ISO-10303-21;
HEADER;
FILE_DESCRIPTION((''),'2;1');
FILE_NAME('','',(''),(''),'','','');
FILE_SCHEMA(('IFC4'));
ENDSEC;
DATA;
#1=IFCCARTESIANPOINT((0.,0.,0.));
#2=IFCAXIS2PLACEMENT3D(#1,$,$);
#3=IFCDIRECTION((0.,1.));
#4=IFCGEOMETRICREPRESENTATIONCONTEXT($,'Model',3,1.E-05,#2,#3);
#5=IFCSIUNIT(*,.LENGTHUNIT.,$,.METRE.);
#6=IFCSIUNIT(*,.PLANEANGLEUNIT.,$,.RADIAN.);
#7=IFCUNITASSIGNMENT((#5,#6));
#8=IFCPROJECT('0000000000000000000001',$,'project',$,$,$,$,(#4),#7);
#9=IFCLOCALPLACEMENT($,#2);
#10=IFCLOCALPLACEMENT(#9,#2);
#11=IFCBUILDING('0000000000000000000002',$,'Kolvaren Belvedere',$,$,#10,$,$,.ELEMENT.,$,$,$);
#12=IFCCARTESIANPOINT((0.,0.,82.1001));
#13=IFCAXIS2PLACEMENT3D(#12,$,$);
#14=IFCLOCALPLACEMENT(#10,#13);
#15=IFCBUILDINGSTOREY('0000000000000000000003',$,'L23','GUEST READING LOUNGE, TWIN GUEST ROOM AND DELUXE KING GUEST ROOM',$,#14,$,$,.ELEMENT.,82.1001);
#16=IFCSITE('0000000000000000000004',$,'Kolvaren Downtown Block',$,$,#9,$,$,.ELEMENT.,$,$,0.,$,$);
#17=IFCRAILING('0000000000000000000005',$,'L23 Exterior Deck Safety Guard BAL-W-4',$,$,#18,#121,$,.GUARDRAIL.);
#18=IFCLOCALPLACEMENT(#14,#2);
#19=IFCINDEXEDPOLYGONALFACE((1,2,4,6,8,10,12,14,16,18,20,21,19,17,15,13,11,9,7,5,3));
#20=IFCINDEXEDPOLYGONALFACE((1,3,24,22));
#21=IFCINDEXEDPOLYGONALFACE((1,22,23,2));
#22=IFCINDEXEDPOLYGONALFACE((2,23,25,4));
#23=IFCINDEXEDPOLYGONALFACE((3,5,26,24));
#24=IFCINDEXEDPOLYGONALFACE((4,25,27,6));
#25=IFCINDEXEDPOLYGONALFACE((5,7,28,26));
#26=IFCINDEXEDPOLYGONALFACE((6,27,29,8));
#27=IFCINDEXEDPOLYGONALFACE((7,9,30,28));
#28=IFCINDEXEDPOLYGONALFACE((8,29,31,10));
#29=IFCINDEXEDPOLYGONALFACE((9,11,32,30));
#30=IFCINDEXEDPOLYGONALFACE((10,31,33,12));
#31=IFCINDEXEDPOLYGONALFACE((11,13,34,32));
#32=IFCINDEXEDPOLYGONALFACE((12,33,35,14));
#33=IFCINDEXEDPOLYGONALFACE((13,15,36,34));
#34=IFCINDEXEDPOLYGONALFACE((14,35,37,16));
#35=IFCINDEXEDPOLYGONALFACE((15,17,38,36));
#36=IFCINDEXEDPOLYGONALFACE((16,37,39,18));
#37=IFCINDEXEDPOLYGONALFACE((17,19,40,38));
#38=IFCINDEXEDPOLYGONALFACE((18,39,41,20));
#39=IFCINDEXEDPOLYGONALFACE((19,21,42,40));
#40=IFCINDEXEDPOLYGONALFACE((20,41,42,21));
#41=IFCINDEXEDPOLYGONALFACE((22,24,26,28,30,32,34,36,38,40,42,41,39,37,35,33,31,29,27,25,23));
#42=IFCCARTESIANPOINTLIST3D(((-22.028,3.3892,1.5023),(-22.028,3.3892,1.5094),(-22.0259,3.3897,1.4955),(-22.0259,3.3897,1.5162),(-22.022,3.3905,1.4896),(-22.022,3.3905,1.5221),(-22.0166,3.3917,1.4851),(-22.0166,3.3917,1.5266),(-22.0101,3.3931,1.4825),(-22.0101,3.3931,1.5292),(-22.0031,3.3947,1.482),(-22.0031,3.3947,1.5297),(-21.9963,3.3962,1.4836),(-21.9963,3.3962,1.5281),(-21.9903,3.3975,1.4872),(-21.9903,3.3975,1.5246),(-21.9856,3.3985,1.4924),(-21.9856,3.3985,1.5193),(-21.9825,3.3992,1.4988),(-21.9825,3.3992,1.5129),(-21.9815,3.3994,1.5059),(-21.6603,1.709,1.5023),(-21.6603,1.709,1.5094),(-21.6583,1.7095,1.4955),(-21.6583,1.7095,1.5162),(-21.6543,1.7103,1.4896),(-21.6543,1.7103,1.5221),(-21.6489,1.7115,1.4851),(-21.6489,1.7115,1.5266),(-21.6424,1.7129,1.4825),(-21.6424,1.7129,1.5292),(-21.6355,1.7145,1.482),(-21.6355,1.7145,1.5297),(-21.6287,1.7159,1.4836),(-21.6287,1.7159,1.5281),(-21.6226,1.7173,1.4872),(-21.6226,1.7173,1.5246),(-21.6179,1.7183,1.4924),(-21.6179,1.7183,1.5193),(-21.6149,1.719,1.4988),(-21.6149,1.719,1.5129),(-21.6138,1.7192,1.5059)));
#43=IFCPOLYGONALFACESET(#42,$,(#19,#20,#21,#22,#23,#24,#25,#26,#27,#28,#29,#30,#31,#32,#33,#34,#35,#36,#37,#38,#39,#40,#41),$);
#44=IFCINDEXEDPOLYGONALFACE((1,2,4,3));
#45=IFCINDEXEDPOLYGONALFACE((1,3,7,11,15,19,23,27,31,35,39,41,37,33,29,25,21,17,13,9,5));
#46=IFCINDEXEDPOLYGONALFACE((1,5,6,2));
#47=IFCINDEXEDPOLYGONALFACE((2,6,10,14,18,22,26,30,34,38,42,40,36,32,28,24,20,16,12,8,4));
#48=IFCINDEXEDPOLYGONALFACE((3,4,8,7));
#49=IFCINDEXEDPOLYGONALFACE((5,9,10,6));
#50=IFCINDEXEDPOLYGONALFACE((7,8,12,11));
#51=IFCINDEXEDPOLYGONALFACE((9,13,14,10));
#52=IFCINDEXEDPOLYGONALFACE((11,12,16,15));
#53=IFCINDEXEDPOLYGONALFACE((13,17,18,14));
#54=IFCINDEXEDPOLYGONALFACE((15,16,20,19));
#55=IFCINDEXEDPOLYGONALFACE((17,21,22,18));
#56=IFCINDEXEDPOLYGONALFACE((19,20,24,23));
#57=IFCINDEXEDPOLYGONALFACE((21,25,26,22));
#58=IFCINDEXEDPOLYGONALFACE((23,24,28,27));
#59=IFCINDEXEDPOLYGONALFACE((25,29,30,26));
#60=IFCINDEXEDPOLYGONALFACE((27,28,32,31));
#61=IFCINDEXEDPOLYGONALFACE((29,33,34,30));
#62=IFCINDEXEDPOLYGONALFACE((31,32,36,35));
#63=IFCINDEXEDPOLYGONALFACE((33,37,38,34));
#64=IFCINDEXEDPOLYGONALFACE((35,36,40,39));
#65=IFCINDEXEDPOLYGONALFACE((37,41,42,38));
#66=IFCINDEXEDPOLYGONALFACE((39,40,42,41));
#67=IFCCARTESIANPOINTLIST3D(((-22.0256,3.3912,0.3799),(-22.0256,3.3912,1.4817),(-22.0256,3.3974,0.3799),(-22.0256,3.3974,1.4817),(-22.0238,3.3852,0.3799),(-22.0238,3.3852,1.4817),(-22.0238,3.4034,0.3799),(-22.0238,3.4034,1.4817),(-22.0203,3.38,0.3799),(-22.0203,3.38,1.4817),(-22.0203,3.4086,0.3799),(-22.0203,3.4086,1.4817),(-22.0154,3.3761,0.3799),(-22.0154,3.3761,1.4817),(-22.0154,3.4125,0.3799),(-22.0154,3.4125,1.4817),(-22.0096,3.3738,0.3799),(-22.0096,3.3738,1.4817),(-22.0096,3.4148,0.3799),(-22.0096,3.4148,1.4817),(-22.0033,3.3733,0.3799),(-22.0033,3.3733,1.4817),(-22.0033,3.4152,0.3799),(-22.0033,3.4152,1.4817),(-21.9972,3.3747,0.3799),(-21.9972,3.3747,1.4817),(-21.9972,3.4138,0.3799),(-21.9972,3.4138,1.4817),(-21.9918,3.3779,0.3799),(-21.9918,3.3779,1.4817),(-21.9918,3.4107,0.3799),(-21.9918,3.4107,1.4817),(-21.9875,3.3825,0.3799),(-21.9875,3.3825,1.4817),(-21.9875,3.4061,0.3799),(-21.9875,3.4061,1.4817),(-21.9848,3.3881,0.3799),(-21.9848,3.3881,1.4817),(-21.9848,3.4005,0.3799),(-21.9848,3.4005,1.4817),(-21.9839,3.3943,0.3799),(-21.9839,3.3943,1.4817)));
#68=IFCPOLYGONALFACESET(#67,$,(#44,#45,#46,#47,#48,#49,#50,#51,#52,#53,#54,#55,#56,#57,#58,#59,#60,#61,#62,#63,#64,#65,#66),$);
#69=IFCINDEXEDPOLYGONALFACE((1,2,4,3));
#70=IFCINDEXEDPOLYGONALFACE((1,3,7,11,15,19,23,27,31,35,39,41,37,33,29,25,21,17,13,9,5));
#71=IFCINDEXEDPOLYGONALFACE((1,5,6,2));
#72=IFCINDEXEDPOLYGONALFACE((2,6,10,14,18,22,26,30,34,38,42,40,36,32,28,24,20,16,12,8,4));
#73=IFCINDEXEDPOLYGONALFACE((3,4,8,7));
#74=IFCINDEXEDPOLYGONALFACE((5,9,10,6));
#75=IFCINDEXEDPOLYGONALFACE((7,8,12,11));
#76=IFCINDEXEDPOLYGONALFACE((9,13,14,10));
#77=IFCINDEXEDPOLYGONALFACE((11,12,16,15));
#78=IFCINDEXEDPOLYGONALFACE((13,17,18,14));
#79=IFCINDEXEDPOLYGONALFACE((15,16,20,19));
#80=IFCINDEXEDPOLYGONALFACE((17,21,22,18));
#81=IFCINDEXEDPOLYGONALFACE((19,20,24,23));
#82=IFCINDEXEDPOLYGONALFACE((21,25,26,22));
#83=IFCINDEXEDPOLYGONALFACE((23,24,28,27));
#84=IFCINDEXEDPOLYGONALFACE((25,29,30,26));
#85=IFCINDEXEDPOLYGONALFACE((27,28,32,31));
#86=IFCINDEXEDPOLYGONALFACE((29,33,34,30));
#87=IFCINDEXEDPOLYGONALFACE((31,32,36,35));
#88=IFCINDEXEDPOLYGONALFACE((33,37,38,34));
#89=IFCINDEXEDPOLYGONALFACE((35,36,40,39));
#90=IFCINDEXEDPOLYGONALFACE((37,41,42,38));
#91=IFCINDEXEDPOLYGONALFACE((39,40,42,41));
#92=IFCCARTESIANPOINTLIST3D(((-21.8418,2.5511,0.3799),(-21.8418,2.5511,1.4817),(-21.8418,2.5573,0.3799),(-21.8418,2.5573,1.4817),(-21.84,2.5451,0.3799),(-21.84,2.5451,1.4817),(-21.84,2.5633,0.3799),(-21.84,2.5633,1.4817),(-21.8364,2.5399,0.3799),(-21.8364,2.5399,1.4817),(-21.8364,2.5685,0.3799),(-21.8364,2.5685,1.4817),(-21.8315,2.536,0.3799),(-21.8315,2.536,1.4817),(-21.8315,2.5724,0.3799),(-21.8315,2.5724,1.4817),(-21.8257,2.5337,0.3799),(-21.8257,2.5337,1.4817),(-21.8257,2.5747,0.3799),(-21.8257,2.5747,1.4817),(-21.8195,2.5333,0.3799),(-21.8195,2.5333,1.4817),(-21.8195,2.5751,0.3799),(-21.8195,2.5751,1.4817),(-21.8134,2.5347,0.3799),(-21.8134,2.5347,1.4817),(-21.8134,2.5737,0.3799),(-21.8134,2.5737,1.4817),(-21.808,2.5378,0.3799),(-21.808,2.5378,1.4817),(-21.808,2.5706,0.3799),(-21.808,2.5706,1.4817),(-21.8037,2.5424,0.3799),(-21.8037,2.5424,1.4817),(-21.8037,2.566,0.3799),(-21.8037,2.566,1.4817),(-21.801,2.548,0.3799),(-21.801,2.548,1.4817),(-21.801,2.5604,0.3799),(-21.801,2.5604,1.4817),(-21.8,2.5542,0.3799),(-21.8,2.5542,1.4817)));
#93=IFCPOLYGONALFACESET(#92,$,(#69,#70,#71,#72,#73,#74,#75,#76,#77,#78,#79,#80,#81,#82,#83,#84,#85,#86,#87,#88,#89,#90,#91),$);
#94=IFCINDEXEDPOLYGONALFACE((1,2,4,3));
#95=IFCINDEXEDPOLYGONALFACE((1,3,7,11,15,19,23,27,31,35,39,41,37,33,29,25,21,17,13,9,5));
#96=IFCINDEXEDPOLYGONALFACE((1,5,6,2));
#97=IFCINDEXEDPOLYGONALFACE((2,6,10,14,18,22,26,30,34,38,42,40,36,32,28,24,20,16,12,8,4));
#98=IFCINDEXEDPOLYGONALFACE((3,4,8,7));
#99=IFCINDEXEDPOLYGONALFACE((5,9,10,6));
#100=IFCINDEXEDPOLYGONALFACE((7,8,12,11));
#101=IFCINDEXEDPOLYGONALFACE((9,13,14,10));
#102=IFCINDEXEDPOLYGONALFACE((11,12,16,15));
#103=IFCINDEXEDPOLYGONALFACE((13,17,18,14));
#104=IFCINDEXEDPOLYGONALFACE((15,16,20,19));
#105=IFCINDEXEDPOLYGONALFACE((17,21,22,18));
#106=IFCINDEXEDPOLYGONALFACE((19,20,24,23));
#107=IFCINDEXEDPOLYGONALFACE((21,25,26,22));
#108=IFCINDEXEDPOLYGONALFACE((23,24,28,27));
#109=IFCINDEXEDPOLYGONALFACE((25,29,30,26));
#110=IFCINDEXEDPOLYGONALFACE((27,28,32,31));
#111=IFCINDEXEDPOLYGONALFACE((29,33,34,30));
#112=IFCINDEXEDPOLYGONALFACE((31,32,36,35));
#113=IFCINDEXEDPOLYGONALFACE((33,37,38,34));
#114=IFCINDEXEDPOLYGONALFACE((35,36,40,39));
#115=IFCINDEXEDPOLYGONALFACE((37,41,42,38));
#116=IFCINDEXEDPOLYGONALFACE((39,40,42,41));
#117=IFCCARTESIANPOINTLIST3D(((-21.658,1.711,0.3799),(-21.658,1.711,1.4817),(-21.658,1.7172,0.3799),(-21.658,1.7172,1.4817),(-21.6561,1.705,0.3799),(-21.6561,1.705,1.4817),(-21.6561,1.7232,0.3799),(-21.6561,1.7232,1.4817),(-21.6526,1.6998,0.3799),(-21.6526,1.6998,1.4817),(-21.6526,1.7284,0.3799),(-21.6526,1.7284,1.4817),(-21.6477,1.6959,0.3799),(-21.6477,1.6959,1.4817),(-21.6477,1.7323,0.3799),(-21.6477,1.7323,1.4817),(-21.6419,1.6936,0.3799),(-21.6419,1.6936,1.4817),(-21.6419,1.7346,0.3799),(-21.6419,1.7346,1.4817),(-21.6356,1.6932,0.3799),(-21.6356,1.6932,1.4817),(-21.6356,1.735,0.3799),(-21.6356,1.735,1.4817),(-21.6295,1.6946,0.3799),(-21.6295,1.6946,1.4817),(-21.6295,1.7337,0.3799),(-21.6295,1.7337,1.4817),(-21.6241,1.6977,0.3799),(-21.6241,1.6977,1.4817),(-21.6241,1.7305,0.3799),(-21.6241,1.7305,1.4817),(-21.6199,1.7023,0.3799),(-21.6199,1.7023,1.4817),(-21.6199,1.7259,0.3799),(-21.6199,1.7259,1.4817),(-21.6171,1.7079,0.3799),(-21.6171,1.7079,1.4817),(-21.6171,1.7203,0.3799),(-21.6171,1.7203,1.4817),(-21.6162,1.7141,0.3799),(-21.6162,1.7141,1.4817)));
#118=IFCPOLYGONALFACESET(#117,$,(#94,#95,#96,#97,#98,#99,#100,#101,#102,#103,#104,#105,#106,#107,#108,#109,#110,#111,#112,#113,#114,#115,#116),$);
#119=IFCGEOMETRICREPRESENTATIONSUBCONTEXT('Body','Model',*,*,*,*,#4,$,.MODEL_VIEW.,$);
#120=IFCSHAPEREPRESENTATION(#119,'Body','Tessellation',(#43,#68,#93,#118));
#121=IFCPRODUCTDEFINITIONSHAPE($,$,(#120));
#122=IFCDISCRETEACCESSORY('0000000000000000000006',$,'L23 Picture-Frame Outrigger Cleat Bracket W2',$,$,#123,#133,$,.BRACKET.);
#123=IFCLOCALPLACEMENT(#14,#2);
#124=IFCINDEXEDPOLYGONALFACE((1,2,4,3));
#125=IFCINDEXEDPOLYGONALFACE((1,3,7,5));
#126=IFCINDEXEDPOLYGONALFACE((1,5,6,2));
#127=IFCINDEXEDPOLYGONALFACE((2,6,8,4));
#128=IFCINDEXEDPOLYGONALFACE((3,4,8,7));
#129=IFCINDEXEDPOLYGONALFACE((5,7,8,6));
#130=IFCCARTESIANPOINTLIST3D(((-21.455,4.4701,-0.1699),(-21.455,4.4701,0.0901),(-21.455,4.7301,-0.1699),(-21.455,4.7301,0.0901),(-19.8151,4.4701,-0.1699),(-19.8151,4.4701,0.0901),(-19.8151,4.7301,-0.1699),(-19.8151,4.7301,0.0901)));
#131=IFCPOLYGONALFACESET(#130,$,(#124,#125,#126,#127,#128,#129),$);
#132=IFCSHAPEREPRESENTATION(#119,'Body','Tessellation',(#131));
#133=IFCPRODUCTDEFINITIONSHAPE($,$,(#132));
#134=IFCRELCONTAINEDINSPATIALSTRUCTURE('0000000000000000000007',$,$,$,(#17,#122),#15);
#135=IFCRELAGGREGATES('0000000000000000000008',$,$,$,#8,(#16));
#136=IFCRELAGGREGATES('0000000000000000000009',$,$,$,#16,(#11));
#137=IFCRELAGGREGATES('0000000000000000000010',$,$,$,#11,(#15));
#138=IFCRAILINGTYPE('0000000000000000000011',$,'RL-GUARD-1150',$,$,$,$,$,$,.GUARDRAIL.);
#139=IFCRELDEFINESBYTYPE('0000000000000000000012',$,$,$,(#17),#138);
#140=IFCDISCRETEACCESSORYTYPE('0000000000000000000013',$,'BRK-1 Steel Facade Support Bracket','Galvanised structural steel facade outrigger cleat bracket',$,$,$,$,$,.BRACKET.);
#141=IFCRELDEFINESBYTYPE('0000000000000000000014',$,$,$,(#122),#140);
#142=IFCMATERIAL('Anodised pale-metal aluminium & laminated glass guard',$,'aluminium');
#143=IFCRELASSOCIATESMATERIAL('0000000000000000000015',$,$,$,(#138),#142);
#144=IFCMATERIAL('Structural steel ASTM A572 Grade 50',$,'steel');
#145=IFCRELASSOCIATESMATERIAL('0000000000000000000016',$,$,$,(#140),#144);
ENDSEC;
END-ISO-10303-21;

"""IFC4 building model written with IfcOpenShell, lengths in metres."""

from ifc_helpers import new_model, si_unit, direction, frame, origin, origin_2d, place, context, subcontext, project, spatial, rectangle, circle, extrude, material, type_object, element, save


model = new_model("IFC4")

# Units and contexts
model_context = context("Model", 3, precision=1e-05, world=origin(), true_north=direction((0.0, 1.0)))
body_context = subcontext(model_context, "Body", "Model", "MODEL_VIEW")
ifc_project = project(units=[si_unit("LENGTHUNIT", "METRE"), si_unit("PLANEANGLEUNIT", "RADIAN")], contexts=[model_context])

# Site, building, storey
site_placement = place(None, origin())
site = spatial("IfcSite", under=ifc_project, at=site_placement, Name="Kolvaren Downtown Block", CompositionType="ELEMENT", RefElevation=0.0)
building_placement = place(site_placement, origin())
building = spatial("IfcBuilding", under=site, at=building_placement, Name="Kolvaren Belvedere", CompositionType="ELEMENT")
storey_placement = place(building_placement, frame((0.0, 0.0, 82.1001)))
storey = spatial("IfcBuildingStorey", under=building, at=storey_placement, Name="L23", Description="GUEST READING LOUNGE, TWIN GUEST ROOM AND DELUXE KING GUEST ROOM", CompositionType="ELEMENT", Elevation=82.1001)

# Railing
ifc_material_1 = material(Name="Anodised pale-metal aluminium & laminated glass guard", Category="aluminium")
railing_type = type_object("IfcRailingType", Name="RL-GUARD-1150", PredefinedType="GUARDRAIL", material=ifc_material_1)
railing_1_placement = place(storey_placement, frame((-22.0049, 3.3943, 0.3799)))
element("IfcRailing", 1, at=railing_1_placement, inside=storey, type_object=railing_type, Name="L23 Exterior Deck Safety Guard BAL-W-4", PredefinedType="GUARDRAIL", context=body_context, shape_type="SweptSolid", body=[
    extrude(circle(Radius=0.0239, at=origin_2d()), frame((0.0, 0.0, 1.126), z_axis=(0.213773, -0.976883, 0.0), x_axis=(0.976883, 0.213773, 0.0)), (0.0, 0.0, 1.0), 1.72),
    extrude(circle(Radius=0.021, at=origin_2d()), origin(), (0.0, 0.0, 1.0), 1.1018),
    extrude(circle(Radius=0.021, at=origin_2d()), frame((0.1838, -0.8401, 0.0)), (0.0, 0.0, 1.0), 1.1018),
    extrude(circle(Radius=0.021, at=origin_2d()), frame((0.3677, -1.6802, 0.0)), (0.0, 0.0, 1.0), 1.1018),
])

# Discrete accessory
ifc_material_2 = material(Name="Structural steel ASTM A572 Grade 50", Category="steel")
discrete_accessory_type = type_object("IfcDiscreteAccessoryType", Name="BRK-1 Steel Facade Support Bracket", Description="Galvanised structural steel facade outrigger cleat bracket", PredefinedType="BRACKET", material=ifc_material_2)
discrete_accessory_placement = place(storey_placement, frame((-20.635, 4.6001, -0.1699), z_axis=(0.0, 0.0, 1.0), x_axis=(1.0, 0.0, 0.0)))
element("IfcDiscreteAccessory", 2, at=discrete_accessory_placement, inside=storey, type_object=discrete_accessory_type, Name="L23 Picture-Frame Outrigger Cleat Bracket W2", PredefinedType="BRACKET", context=body_context, shape_type="SweptSolid", body=[
    extrude(rectangle(XDim=1.6399, YDim=0.26, at=origin_2d()), origin(), (0.0, 0.0, 1.0), 0.26),
])

save(model, "model.ifc")
